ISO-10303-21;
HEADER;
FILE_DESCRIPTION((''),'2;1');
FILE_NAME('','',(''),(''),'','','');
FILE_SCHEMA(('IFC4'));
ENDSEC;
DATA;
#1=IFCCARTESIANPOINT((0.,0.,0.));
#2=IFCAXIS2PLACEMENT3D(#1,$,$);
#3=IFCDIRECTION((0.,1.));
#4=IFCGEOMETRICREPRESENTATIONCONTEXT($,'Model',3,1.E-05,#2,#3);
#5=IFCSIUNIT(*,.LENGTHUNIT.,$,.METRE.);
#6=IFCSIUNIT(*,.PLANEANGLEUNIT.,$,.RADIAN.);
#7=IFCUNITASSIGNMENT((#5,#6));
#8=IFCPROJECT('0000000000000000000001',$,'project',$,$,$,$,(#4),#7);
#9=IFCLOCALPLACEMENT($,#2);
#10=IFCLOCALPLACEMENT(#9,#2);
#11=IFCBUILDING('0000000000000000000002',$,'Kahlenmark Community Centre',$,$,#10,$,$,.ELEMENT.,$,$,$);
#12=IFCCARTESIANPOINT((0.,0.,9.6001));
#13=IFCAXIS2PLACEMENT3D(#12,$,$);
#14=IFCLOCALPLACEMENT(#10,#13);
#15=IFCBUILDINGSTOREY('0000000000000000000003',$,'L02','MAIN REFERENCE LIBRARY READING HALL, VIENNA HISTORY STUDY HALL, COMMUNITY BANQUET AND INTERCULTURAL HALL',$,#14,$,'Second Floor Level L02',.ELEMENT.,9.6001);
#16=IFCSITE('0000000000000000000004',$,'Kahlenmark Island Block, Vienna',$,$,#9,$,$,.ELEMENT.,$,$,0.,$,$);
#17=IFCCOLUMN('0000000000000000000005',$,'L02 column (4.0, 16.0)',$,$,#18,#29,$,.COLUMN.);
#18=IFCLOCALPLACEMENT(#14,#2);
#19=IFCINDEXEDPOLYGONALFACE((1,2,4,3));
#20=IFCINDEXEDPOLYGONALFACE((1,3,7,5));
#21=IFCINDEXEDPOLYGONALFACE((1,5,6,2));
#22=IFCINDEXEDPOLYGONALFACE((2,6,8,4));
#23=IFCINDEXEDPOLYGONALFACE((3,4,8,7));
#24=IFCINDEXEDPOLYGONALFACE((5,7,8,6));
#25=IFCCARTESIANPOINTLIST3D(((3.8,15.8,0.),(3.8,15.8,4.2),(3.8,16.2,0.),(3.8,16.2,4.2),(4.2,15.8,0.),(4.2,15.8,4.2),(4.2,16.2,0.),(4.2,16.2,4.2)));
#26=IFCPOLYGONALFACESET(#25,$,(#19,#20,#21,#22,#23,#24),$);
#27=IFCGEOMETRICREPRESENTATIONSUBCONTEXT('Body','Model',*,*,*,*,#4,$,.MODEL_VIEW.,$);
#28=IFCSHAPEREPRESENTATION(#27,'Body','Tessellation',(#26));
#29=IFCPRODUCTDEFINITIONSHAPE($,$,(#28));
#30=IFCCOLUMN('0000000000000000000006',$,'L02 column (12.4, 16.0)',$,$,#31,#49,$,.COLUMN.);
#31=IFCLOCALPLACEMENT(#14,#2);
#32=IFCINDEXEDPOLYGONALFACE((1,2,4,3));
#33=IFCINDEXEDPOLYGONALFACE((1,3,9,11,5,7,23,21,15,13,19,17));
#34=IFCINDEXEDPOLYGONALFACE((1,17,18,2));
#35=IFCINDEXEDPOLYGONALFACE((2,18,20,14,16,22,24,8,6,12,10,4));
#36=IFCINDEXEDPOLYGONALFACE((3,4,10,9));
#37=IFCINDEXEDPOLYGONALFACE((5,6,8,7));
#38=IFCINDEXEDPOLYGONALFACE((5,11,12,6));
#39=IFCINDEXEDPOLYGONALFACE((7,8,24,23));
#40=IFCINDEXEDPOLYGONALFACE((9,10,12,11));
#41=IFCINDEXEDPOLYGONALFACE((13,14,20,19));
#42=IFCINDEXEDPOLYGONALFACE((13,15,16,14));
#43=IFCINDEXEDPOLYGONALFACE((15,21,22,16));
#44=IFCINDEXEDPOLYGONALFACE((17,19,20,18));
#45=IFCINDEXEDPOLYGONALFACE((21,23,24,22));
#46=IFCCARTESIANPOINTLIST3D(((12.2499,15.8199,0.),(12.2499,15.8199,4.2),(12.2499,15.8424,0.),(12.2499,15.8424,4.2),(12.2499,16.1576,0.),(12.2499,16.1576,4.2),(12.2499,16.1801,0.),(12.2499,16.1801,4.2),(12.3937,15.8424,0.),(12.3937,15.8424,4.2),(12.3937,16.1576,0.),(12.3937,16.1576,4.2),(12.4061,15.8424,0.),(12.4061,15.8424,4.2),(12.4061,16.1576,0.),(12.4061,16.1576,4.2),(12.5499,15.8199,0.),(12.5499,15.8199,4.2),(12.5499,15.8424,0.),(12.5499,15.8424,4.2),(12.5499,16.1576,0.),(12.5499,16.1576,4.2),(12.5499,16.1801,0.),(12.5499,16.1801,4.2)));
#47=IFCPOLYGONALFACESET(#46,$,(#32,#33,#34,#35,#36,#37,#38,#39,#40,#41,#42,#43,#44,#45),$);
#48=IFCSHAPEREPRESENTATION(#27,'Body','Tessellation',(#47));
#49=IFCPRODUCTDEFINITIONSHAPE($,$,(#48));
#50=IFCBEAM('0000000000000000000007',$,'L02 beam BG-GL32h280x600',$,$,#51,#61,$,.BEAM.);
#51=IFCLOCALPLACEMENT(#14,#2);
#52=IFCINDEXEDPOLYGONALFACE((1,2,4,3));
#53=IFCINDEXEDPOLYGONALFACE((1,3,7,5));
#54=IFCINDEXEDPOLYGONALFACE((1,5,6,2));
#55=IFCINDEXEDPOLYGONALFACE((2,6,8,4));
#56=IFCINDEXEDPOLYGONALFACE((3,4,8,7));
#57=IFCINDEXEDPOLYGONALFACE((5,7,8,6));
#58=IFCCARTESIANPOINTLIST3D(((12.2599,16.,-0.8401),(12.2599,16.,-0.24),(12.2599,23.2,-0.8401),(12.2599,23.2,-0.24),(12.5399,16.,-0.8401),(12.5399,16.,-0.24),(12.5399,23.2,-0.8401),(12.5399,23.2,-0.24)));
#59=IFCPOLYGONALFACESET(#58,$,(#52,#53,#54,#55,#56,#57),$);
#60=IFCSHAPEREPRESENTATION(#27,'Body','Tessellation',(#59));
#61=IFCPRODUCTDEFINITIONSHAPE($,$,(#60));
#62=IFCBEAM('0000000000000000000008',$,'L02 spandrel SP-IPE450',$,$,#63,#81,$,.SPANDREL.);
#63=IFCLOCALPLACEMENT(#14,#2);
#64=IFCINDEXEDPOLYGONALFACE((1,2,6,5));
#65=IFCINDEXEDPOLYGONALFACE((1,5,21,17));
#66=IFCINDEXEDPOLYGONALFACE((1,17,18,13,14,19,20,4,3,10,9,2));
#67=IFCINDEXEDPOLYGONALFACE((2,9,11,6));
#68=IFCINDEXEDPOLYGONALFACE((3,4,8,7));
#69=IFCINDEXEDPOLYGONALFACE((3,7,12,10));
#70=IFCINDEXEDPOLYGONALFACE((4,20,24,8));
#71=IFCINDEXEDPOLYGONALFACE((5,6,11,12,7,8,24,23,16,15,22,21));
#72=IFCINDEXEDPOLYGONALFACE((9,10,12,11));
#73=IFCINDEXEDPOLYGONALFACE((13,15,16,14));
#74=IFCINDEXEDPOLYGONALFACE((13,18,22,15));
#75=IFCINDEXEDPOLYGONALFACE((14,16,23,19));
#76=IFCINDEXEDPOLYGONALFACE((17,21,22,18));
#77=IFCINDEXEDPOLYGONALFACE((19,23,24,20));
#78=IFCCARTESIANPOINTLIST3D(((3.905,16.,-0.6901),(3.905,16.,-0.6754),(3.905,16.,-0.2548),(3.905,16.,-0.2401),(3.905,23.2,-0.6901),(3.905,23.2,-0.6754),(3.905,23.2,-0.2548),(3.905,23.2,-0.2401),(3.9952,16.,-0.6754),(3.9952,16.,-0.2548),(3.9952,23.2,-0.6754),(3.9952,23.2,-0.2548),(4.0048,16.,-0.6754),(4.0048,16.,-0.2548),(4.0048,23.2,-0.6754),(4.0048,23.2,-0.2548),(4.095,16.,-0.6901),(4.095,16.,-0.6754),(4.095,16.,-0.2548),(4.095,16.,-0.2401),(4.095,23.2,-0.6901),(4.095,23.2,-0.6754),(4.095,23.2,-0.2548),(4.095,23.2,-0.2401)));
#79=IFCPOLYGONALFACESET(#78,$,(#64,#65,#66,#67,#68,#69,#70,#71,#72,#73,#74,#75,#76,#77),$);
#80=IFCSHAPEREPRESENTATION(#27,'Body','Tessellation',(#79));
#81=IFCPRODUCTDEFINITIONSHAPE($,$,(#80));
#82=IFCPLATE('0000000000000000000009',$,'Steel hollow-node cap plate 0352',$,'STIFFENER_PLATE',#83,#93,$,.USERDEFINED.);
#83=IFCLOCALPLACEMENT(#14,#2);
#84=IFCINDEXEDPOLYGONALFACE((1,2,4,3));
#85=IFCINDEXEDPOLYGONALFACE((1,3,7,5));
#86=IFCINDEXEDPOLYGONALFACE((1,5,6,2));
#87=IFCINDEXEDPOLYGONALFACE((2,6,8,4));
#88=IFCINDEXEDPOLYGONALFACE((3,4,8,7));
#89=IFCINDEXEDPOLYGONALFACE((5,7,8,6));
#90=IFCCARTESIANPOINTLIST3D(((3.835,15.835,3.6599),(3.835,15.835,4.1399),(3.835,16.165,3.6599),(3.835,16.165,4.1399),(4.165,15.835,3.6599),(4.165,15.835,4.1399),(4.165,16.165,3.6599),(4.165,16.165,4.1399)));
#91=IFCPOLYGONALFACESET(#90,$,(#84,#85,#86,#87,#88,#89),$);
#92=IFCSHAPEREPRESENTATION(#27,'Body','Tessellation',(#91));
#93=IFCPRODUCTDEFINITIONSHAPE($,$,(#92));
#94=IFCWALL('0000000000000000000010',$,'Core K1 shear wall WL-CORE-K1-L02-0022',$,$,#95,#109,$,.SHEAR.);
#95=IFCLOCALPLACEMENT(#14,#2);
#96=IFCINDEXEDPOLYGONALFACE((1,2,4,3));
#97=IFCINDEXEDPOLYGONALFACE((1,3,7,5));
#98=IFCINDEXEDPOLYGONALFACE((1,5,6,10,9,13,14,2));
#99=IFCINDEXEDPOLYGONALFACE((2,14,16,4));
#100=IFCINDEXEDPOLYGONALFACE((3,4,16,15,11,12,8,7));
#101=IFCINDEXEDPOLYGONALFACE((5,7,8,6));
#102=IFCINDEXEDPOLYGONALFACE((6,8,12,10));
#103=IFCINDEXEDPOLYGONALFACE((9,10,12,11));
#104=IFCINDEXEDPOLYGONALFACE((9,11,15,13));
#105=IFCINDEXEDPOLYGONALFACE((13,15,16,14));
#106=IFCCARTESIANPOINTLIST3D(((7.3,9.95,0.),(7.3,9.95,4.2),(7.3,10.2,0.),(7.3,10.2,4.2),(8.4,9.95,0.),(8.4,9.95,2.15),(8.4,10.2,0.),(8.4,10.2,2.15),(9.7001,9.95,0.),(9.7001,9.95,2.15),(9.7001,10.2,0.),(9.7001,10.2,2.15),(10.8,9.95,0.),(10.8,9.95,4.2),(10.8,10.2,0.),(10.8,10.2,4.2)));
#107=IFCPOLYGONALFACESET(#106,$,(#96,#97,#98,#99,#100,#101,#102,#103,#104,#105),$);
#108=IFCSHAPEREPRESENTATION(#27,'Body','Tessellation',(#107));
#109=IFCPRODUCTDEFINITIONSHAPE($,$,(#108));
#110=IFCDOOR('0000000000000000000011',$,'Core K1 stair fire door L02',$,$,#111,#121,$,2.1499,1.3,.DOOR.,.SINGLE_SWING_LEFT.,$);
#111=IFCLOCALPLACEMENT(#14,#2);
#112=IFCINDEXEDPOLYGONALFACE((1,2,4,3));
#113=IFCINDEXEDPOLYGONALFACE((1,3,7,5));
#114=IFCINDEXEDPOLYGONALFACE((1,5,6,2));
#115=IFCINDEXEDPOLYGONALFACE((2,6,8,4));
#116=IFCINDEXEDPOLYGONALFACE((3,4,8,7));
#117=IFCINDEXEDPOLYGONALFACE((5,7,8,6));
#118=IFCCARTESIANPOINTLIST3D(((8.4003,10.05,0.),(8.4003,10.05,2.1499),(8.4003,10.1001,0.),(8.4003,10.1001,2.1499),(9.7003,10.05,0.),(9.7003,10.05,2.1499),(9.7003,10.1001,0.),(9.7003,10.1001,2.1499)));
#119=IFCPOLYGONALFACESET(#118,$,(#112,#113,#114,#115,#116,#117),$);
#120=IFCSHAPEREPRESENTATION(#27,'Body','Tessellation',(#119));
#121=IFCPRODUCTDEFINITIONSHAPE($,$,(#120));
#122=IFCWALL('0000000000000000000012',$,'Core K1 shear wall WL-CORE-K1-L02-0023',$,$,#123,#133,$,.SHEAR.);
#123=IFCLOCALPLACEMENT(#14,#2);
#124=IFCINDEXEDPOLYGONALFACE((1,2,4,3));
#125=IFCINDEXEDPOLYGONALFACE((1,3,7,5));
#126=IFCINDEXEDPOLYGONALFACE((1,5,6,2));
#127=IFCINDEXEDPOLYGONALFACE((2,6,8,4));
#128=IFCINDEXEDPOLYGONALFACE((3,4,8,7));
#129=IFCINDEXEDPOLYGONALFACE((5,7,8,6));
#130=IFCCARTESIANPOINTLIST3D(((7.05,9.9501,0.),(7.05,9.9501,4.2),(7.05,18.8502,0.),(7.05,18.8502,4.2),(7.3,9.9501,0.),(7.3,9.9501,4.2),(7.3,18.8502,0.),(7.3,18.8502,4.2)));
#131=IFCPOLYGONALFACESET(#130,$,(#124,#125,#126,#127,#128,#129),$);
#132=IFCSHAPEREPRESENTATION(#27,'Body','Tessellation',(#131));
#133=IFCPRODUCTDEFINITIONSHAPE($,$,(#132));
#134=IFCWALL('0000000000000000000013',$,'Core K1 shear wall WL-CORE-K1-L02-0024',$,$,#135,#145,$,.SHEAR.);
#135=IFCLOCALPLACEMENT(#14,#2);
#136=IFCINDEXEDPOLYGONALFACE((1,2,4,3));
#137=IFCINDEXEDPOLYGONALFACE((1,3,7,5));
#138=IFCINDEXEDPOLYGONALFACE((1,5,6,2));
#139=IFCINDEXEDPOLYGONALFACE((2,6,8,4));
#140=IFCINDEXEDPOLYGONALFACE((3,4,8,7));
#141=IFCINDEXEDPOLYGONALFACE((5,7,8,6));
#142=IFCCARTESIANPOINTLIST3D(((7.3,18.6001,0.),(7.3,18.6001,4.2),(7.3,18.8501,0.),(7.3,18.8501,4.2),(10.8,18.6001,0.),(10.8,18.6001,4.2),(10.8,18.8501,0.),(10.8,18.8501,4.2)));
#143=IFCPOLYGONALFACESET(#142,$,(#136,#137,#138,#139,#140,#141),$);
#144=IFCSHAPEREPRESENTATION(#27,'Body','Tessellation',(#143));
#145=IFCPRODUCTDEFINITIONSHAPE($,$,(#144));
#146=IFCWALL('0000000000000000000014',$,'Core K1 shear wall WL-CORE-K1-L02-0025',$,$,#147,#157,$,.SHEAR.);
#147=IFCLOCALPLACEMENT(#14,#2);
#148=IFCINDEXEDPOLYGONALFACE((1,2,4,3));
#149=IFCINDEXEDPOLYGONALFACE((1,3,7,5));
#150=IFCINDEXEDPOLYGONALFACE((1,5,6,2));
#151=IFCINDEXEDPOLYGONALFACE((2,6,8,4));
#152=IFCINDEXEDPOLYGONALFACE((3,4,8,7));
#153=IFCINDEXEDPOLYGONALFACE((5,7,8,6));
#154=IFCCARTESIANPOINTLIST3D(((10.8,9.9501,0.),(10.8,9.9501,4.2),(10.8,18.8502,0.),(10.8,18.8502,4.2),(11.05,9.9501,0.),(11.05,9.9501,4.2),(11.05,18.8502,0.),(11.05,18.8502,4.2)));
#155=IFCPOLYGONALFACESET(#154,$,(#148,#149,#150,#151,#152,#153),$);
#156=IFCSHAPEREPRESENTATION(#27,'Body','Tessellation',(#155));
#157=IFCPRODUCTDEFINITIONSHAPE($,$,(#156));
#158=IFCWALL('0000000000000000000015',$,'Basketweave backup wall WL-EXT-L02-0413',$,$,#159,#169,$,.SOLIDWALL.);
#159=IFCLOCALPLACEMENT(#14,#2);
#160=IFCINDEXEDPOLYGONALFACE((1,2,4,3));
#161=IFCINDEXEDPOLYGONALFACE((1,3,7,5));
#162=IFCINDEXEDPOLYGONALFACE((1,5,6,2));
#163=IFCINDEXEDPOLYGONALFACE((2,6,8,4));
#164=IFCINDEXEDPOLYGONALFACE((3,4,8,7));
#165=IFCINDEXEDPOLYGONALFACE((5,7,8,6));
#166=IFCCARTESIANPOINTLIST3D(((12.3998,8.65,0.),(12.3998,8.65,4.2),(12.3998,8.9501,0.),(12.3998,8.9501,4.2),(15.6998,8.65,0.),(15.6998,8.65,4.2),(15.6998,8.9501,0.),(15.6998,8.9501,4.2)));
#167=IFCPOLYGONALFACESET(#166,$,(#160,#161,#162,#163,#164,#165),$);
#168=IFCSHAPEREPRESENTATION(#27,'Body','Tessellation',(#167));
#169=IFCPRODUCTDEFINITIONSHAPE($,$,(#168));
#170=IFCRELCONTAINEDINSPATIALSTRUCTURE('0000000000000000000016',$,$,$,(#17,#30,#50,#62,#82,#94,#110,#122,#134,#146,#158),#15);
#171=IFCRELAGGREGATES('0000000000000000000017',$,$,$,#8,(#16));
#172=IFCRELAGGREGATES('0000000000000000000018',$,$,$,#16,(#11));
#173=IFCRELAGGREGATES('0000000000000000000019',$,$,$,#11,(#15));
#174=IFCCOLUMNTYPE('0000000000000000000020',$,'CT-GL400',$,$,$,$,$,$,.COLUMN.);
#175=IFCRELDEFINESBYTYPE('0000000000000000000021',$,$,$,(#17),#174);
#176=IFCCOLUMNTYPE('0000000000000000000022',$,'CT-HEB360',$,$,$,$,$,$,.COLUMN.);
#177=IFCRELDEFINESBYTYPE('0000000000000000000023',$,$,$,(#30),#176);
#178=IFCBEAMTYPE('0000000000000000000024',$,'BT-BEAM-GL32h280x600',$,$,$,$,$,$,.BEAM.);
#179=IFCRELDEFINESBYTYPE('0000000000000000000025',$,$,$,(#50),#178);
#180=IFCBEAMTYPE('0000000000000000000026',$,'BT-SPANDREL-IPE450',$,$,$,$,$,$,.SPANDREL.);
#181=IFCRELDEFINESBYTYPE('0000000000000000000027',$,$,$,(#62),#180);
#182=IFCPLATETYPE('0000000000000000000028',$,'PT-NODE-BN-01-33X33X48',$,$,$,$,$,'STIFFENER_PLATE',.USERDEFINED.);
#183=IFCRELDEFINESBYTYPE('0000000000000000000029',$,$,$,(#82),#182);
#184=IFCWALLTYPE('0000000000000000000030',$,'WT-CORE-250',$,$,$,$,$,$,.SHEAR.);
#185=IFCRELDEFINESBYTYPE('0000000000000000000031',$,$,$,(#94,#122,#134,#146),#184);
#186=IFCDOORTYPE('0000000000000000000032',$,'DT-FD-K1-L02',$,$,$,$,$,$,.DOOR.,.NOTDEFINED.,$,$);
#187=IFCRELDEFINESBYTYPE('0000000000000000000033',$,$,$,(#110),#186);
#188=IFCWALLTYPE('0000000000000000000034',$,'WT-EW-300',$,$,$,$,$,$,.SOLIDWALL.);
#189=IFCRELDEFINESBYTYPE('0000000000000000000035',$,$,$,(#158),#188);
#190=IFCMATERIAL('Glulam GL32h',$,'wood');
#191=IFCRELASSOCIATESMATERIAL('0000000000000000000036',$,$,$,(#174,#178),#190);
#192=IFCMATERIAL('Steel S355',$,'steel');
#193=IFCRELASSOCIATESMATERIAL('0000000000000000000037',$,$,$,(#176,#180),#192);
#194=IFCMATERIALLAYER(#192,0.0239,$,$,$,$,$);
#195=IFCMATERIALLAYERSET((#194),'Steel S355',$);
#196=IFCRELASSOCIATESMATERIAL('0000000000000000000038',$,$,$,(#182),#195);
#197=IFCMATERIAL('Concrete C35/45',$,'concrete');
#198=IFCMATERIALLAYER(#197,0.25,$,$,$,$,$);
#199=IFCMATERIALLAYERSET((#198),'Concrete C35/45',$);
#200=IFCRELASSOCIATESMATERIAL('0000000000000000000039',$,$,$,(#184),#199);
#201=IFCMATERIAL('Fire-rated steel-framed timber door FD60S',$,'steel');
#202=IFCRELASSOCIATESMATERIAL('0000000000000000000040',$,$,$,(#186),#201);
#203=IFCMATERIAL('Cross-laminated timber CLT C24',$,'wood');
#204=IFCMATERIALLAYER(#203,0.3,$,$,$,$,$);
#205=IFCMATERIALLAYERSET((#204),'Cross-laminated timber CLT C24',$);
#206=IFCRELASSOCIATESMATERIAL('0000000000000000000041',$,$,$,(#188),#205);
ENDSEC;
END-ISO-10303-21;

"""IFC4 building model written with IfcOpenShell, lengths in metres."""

from ifc_helpers import new_model, si_unit, direction, frame, frame_2d, origin, origin_2d, place, context, subcontext, project, spatial, rectangle, i_section, extrude, material, layer, layer_set, material_profile, profile_set, type_object, element, fill, save


model = new_model("IFC4")

# Units and contexts
model_context = context("Model", 3, precision=1e-05, world=origin(), true_north=direction((0.0, 1.0)))
body_context = subcontext(model_context, "Body", "Model", "MODEL_VIEW")
ifc_project = project(units=[si_unit("LENGTHUNIT", "METRE"), si_unit("PLANEANGLEUNIT", "RADIAN")], contexts=[model_context])

# Site, building, storey
site_placement = place(None, origin())
site = spatial("IfcSite", under=ifc_project, at=site_placement, Name="Kahlenmark Island Block, Vienna", CompositionType="ELEMENT", RefElevation=0.0)
building_placement = place(site_placement, origin())
building = spatial("IfcBuilding", under=site, at=building_placement, Name="Kahlenmark Community Centre", CompositionType="ELEMENT")
storey_placement = place(building_placement, frame((0.0, 0.0, 9.6001)))
storey = spatial("IfcBuildingStorey", under=building, at=storey_placement, Name="L02", Description="MAIN REFERENCE LIBRARY READING HALL, VIENNA HISTORY STUDY HALL, COMMUNITY BANQUET AND INTERCULTURAL HALL", LongName="Second Floor Level L02", CompositionType="ELEMENT", Elevation=9.6001)

# Columns
ifc_material_1 = material(Name="Glulam GL32h", Category="wood")
ifc_material_profile_1 = material_profile(ifc_material_1, rectangle(XDim=0.3999, YDim=0.3999, at=origin_2d()), Name="GL32h 400x400")
ifc_profile_set_1 = profile_set([ifc_material_profile_1], Name="Glulam GL32h")
column_type_1 = type_object("IfcColumnType", Name="CT-GL400", PredefinedType="COLUMN", material=ifc_profile_set_1)
column_1_placement = place(storey_placement, frame((4.0, 16.0, 0.0), z_axis=(0.0, 0.0, 1.0), x_axis=(1.0, 0.0, 0.0)))
element("IfcColumn", 1, at=column_1_placement, inside=storey, type_object=column_type_1, Name="L02 column (4.0, 16.0)", PredefinedType="COLUMN", context=body_context, shape_type="SweptSolid", body=[
    extrude(rectangle(XDim=0.3999, YDim=0.3999, at=origin_2d()), origin(), (0.0, 0.0, 1.0), 4.2),
])
ifc_material_2 = material(Name="Steel S355", Category="steel")
ifc_material_profile_2 = material_profile(ifc_material_2, i_section(OverallWidth=0.3, OverallDepth=0.3601, WebThickness=0.0125, FlangeThickness=0.0225, at=origin_2d()), Name="HEB 360")
ifc_profile_set_2 = profile_set([ifc_material_profile_2], Name="Steel S355")
column_type_2 = type_object("IfcColumnType", Name="CT-HEB360", PredefinedType="COLUMN", material=ifc_profile_set_2)
column_2_placement = place(storey_placement, frame((12.3999, 16.0, 0.0), z_axis=(0.0, 0.0, 1.0), x_axis=(1.0, 0.0, 0.0)))
element("IfcColumn", 2, at=column_2_placement, inside=storey, type_object=column_type_2, Name="L02 column (12.4, 16.0)", PredefinedType="COLUMN", context=body_context, shape_type="SweptSolid", body=[
    extrude(i_section(OverallWidth=0.3, OverallDepth=0.3601, WebThickness=0.0125, FlangeThickness=0.0225, at=origin_2d()), origin(), (0.0, 0.0, 1.0), 4.2),
])

# Beams
ifc_material_profile_3 = material_profile(ifc_material_1, rectangle(XDim=0.28, YDim=0.6001, at=origin_2d()), Name="GL32h 280x600")
ifc_profile_set_3 = profile_set([ifc_material_profile_3], Name="Glulam GL32h")
beam_type_1 = type_object("IfcBeamType", Name="BT-BEAM-GL32h280x600", PredefinedType="BEAM", material=ifc_profile_set_3)
beam_1_placement = place(storey_placement, frame((12.3999, 16.0, -0.54), z_axis=(0.0, 1.0, 0.0), x_axis=(-1.0, 0.0, 0.0)))
element("IfcBeam", 3, at=beam_1_placement, inside=storey, type_object=beam_type_1, Name="L02 beam BG-GL32h280x600", PredefinedType="BEAM", context=body_context, shape_type="SweptSolid", body=[
    extrude(rectangle(XDim=0.28, YDim=0.6001, at=origin_2d()), origin(), (0.0, 0.0, 1.0), 7.2),
])
ifc_material_profile_4 = material_profile(ifc_material_2, i_section(OverallWidth=0.1899, OverallDepth=0.45, WebThickness=0.0095, FlangeThickness=0.0146, at=origin_2d()), Name="IPE 450")
ifc_profile_set_4 = profile_set([ifc_material_profile_4], Name="Steel S355")
beam_type_2 = type_object("IfcBeamType", Name="BT-SPANDREL-IPE450", PredefinedType="SPANDREL", material=ifc_profile_set_4)
beam_2_placement = place(storey_placement, frame((4.0, 16.0, -0.4651), z_axis=(0.0, 1.0, 0.0), x_axis=(-1.0, 0.0, 0.0)))
element("IfcBeam", 4, at=beam_2_placement, inside=storey, type_object=beam_type_2, Name="L02 spandrel SP-IPE450", PredefinedType="SPANDREL", context=body_context, shape_type="SweptSolid", body=[
    extrude(i_section(OverallWidth=0.1899, OverallDepth=0.45, WebThickness=0.0095, FlangeThickness=0.0146, at=origin_2d()), origin(), (0.0, 0.0, 1.0), 7.2),
])

# Plate
ifc_layer_1 = layer(ifc_material_2, 0.0239)
ifc_layer_set_1 = layer_set([ifc_layer_1], Name="Steel S355")
plate_type = type_object("IfcPlateType", Name="PT-NODE-BN-01-33X33X48", ElementType="STIFFENER_PLATE", PredefinedType="USERDEFINED", material=ifc_layer_set_1)
plate_placement = place(storey_placement, frame((4.0, 16.0, 3.6599), z_axis=(0.0, 0.0, 1.0), x_axis=(1.0, 0.0, 0.0)))
element("IfcPlate", 5, at=plate_placement, inside=storey, type_object=plate_type, Name="Steel hollow-node cap plate 0352", ObjectType="STIFFENER_PLATE", PredefinedType="USERDEFINED", context=body_context, shape_type="SweptSolid", body=[
    extrude(rectangle(XDim=0.3301, YDim=0.3301, at=origin_2d()), origin(), (0.0, 0.0, 1.0), 0.48),
])

# Wall, opening, door
ifc_material_3 = material(Name="Concrete C35/45", Category="concrete")
ifc_layer_2 = layer(ifc_material_3, 0.25)
ifc_layer_set_2 = layer_set([ifc_layer_2], Name="Concrete C35/45")
wall_type_1 = type_object("IfcWallType", Name="WT-CORE-250", PredefinedType="SHEAR", material=ifc_layer_set_2)
wall_1_placement = place(storey_placement, frame((7.3, 10.075, 0.0), z_axis=(0.0, 0.0, 1.0), x_axis=(1.0, 0.0, 0.0)))
wall_1 = element("IfcWall", 6, at=wall_1_placement, inside=storey, type_object=wall_type_1, Name="Core K1 shear wall WL-CORE-K1-L02-0022", PredefinedType="SHEAR", context=body_context, shape_type="SweptSolid", body=[
    extrude(rectangle(XDim=3.5, YDim=0.25, at=frame_2d((1.75, 0.0))), origin(), (0.0, 0.0, 1.0), 4.2),
])
opening_placement = place(wall_1_placement, frame((1.1001, 0.0, -0.01)))
opening = element("IfcOpeningElement", 7, at=opening_placement, cuts=wall_1, PredefinedType="OPENING", context=body_context, shape_type="SweptSolid", body=[
    extrude(rectangle(XDim=1.3, YDim=2.1599, at=frame_2d((0.6499, 1.0801))), frame((0.0, 0.135, 0.0), z_axis=(0.0, -1.0, 0.0), x_axis=(1.0, 0.0, 0.0)), (0.0, 0.0, 1.0), 0.27),
])
ifc_material_4 = material(Name="Fire-rated steel-framed timber door FD60S", Category="steel")
door_type = type_object("IfcDoorType", Name="DT-FD-K1-L02", OperationType="NOTDEFINED", PredefinedType="DOOR", material=ifc_material_4)
door_placement = place(opening_placement, frame((1.3, 0.0, 0.01), z_axis=(0.0, 0.0, 1.0), x_axis=(-1.0, 0.0, 0.0)))
door = element("IfcDoor", 8, at=door_placement, inside=storey, type_object=door_type, Name="Core K1 stair fire door L02", OperationType="SINGLE_SWING_LEFT", OverallHeight=2.1499, OverallWidth=1.3, PredefinedType="DOOR", context=body_context, shape_type="SweptSolid", body=[
    extrude(rectangle(XDim=1.3, YDim=2.1499, at=frame_2d((0.6499, 1.075))), frame((0.0, 0.0249, 0.0), z_axis=(0.0, -1.0, 0.0), x_axis=(1.0, 0.0, 0.0)), (0.0, 0.0, 1.0), 0.05),
])
fill(opening, door)

# Walls
wall_2_placement = place(storey_placement, frame((7.175, 9.95, 0.0), z_axis=(0.0, 0.0, 1.0), x_axis=(0.0, 1.0, 0.0)))
element("IfcWall", 9, at=wall_2_placement, inside=storey, type_object=wall_type_1, Name="Core K1 shear wall WL-CORE-K1-L02-0023", PredefinedType="SHEAR", context=body_context, shape_type="SweptSolid", body=[
    extrude(rectangle(XDim=8.9001, YDim=0.25, at=frame_2d((4.4502, 0.0))), origin(), (0.0, 0.0, 1.0), 4.2),
])
wall_3_placement = place(storey_placement, frame((10.8, 18.7251, 0.0), z_axis=(0.0, 0.0, 1.0), x_axis=(-1.0, 0.0, 0.0)))
element("IfcWall", 10, at=wall_3_placement, inside=storey, type_object=wall_type_1, Name="Core K1 shear wall WL-CORE-K1-L02-0024", PredefinedType="SHEAR", context=body_context, shape_type="SweptSolid", body=[
    extrude(rectangle(XDim=3.5, YDim=0.25, at=frame_2d((1.75, 0.0))), origin(), (0.0, 0.0, 1.0), 4.2),
])
wall_4_placement = place(storey_placement, frame((10.925, 9.95, 0.0), z_axis=(0.0, 0.0, 1.0), x_axis=(0.0, 1.0, 0.0)))
element("IfcWall", 11, at=wall_4_placement, inside=storey, type_object=wall_type_1, Name="Core K1 shear wall WL-CORE-K1-L02-0025", PredefinedType="SHEAR", context=body_context, shape_type="SweptSolid", body=[
    extrude(rectangle(XDim=8.9001, YDim=0.25, at=frame_2d((4.4502, 0.0))), origin(), (0.0, 0.0, 1.0), 4.2),
])
ifc_material_5 = material(Name="Cross-laminated timber CLT C24", Category="wood")
ifc_layer_3 = layer(ifc_material_5, 0.3)
ifc_layer_set_3 = layer_set([ifc_layer_3], Name="Cross-laminated timber CLT C24")
wall_type_2 = type_object("IfcWallType", Name="WT-EW-300", PredefinedType="SOLIDWALL", material=ifc_layer_set_3)
wall_5_placement = place(storey_placement, frame((12.3999, 8.8, 0.0), z_axis=(0.0, 0.0, 1.0), x_axis=(1.0, 0.0, 0.0)))
element("IfcWall", 12, at=wall_5_placement, inside=storey, type_object=wall_type_2, Name="Basketweave backup wall WL-EXT-L02-0413", PredefinedType="SOLIDWALL", context=body_context, shape_type="SweptSolid", body=[
    extrude(rectangle(XDim=3.3, YDim=0.3, at=frame_2d((1.6499, 0.0))), origin(), (0.0, 0.0, 1.0), 4.2),
])

save(model, "model.ifc")
